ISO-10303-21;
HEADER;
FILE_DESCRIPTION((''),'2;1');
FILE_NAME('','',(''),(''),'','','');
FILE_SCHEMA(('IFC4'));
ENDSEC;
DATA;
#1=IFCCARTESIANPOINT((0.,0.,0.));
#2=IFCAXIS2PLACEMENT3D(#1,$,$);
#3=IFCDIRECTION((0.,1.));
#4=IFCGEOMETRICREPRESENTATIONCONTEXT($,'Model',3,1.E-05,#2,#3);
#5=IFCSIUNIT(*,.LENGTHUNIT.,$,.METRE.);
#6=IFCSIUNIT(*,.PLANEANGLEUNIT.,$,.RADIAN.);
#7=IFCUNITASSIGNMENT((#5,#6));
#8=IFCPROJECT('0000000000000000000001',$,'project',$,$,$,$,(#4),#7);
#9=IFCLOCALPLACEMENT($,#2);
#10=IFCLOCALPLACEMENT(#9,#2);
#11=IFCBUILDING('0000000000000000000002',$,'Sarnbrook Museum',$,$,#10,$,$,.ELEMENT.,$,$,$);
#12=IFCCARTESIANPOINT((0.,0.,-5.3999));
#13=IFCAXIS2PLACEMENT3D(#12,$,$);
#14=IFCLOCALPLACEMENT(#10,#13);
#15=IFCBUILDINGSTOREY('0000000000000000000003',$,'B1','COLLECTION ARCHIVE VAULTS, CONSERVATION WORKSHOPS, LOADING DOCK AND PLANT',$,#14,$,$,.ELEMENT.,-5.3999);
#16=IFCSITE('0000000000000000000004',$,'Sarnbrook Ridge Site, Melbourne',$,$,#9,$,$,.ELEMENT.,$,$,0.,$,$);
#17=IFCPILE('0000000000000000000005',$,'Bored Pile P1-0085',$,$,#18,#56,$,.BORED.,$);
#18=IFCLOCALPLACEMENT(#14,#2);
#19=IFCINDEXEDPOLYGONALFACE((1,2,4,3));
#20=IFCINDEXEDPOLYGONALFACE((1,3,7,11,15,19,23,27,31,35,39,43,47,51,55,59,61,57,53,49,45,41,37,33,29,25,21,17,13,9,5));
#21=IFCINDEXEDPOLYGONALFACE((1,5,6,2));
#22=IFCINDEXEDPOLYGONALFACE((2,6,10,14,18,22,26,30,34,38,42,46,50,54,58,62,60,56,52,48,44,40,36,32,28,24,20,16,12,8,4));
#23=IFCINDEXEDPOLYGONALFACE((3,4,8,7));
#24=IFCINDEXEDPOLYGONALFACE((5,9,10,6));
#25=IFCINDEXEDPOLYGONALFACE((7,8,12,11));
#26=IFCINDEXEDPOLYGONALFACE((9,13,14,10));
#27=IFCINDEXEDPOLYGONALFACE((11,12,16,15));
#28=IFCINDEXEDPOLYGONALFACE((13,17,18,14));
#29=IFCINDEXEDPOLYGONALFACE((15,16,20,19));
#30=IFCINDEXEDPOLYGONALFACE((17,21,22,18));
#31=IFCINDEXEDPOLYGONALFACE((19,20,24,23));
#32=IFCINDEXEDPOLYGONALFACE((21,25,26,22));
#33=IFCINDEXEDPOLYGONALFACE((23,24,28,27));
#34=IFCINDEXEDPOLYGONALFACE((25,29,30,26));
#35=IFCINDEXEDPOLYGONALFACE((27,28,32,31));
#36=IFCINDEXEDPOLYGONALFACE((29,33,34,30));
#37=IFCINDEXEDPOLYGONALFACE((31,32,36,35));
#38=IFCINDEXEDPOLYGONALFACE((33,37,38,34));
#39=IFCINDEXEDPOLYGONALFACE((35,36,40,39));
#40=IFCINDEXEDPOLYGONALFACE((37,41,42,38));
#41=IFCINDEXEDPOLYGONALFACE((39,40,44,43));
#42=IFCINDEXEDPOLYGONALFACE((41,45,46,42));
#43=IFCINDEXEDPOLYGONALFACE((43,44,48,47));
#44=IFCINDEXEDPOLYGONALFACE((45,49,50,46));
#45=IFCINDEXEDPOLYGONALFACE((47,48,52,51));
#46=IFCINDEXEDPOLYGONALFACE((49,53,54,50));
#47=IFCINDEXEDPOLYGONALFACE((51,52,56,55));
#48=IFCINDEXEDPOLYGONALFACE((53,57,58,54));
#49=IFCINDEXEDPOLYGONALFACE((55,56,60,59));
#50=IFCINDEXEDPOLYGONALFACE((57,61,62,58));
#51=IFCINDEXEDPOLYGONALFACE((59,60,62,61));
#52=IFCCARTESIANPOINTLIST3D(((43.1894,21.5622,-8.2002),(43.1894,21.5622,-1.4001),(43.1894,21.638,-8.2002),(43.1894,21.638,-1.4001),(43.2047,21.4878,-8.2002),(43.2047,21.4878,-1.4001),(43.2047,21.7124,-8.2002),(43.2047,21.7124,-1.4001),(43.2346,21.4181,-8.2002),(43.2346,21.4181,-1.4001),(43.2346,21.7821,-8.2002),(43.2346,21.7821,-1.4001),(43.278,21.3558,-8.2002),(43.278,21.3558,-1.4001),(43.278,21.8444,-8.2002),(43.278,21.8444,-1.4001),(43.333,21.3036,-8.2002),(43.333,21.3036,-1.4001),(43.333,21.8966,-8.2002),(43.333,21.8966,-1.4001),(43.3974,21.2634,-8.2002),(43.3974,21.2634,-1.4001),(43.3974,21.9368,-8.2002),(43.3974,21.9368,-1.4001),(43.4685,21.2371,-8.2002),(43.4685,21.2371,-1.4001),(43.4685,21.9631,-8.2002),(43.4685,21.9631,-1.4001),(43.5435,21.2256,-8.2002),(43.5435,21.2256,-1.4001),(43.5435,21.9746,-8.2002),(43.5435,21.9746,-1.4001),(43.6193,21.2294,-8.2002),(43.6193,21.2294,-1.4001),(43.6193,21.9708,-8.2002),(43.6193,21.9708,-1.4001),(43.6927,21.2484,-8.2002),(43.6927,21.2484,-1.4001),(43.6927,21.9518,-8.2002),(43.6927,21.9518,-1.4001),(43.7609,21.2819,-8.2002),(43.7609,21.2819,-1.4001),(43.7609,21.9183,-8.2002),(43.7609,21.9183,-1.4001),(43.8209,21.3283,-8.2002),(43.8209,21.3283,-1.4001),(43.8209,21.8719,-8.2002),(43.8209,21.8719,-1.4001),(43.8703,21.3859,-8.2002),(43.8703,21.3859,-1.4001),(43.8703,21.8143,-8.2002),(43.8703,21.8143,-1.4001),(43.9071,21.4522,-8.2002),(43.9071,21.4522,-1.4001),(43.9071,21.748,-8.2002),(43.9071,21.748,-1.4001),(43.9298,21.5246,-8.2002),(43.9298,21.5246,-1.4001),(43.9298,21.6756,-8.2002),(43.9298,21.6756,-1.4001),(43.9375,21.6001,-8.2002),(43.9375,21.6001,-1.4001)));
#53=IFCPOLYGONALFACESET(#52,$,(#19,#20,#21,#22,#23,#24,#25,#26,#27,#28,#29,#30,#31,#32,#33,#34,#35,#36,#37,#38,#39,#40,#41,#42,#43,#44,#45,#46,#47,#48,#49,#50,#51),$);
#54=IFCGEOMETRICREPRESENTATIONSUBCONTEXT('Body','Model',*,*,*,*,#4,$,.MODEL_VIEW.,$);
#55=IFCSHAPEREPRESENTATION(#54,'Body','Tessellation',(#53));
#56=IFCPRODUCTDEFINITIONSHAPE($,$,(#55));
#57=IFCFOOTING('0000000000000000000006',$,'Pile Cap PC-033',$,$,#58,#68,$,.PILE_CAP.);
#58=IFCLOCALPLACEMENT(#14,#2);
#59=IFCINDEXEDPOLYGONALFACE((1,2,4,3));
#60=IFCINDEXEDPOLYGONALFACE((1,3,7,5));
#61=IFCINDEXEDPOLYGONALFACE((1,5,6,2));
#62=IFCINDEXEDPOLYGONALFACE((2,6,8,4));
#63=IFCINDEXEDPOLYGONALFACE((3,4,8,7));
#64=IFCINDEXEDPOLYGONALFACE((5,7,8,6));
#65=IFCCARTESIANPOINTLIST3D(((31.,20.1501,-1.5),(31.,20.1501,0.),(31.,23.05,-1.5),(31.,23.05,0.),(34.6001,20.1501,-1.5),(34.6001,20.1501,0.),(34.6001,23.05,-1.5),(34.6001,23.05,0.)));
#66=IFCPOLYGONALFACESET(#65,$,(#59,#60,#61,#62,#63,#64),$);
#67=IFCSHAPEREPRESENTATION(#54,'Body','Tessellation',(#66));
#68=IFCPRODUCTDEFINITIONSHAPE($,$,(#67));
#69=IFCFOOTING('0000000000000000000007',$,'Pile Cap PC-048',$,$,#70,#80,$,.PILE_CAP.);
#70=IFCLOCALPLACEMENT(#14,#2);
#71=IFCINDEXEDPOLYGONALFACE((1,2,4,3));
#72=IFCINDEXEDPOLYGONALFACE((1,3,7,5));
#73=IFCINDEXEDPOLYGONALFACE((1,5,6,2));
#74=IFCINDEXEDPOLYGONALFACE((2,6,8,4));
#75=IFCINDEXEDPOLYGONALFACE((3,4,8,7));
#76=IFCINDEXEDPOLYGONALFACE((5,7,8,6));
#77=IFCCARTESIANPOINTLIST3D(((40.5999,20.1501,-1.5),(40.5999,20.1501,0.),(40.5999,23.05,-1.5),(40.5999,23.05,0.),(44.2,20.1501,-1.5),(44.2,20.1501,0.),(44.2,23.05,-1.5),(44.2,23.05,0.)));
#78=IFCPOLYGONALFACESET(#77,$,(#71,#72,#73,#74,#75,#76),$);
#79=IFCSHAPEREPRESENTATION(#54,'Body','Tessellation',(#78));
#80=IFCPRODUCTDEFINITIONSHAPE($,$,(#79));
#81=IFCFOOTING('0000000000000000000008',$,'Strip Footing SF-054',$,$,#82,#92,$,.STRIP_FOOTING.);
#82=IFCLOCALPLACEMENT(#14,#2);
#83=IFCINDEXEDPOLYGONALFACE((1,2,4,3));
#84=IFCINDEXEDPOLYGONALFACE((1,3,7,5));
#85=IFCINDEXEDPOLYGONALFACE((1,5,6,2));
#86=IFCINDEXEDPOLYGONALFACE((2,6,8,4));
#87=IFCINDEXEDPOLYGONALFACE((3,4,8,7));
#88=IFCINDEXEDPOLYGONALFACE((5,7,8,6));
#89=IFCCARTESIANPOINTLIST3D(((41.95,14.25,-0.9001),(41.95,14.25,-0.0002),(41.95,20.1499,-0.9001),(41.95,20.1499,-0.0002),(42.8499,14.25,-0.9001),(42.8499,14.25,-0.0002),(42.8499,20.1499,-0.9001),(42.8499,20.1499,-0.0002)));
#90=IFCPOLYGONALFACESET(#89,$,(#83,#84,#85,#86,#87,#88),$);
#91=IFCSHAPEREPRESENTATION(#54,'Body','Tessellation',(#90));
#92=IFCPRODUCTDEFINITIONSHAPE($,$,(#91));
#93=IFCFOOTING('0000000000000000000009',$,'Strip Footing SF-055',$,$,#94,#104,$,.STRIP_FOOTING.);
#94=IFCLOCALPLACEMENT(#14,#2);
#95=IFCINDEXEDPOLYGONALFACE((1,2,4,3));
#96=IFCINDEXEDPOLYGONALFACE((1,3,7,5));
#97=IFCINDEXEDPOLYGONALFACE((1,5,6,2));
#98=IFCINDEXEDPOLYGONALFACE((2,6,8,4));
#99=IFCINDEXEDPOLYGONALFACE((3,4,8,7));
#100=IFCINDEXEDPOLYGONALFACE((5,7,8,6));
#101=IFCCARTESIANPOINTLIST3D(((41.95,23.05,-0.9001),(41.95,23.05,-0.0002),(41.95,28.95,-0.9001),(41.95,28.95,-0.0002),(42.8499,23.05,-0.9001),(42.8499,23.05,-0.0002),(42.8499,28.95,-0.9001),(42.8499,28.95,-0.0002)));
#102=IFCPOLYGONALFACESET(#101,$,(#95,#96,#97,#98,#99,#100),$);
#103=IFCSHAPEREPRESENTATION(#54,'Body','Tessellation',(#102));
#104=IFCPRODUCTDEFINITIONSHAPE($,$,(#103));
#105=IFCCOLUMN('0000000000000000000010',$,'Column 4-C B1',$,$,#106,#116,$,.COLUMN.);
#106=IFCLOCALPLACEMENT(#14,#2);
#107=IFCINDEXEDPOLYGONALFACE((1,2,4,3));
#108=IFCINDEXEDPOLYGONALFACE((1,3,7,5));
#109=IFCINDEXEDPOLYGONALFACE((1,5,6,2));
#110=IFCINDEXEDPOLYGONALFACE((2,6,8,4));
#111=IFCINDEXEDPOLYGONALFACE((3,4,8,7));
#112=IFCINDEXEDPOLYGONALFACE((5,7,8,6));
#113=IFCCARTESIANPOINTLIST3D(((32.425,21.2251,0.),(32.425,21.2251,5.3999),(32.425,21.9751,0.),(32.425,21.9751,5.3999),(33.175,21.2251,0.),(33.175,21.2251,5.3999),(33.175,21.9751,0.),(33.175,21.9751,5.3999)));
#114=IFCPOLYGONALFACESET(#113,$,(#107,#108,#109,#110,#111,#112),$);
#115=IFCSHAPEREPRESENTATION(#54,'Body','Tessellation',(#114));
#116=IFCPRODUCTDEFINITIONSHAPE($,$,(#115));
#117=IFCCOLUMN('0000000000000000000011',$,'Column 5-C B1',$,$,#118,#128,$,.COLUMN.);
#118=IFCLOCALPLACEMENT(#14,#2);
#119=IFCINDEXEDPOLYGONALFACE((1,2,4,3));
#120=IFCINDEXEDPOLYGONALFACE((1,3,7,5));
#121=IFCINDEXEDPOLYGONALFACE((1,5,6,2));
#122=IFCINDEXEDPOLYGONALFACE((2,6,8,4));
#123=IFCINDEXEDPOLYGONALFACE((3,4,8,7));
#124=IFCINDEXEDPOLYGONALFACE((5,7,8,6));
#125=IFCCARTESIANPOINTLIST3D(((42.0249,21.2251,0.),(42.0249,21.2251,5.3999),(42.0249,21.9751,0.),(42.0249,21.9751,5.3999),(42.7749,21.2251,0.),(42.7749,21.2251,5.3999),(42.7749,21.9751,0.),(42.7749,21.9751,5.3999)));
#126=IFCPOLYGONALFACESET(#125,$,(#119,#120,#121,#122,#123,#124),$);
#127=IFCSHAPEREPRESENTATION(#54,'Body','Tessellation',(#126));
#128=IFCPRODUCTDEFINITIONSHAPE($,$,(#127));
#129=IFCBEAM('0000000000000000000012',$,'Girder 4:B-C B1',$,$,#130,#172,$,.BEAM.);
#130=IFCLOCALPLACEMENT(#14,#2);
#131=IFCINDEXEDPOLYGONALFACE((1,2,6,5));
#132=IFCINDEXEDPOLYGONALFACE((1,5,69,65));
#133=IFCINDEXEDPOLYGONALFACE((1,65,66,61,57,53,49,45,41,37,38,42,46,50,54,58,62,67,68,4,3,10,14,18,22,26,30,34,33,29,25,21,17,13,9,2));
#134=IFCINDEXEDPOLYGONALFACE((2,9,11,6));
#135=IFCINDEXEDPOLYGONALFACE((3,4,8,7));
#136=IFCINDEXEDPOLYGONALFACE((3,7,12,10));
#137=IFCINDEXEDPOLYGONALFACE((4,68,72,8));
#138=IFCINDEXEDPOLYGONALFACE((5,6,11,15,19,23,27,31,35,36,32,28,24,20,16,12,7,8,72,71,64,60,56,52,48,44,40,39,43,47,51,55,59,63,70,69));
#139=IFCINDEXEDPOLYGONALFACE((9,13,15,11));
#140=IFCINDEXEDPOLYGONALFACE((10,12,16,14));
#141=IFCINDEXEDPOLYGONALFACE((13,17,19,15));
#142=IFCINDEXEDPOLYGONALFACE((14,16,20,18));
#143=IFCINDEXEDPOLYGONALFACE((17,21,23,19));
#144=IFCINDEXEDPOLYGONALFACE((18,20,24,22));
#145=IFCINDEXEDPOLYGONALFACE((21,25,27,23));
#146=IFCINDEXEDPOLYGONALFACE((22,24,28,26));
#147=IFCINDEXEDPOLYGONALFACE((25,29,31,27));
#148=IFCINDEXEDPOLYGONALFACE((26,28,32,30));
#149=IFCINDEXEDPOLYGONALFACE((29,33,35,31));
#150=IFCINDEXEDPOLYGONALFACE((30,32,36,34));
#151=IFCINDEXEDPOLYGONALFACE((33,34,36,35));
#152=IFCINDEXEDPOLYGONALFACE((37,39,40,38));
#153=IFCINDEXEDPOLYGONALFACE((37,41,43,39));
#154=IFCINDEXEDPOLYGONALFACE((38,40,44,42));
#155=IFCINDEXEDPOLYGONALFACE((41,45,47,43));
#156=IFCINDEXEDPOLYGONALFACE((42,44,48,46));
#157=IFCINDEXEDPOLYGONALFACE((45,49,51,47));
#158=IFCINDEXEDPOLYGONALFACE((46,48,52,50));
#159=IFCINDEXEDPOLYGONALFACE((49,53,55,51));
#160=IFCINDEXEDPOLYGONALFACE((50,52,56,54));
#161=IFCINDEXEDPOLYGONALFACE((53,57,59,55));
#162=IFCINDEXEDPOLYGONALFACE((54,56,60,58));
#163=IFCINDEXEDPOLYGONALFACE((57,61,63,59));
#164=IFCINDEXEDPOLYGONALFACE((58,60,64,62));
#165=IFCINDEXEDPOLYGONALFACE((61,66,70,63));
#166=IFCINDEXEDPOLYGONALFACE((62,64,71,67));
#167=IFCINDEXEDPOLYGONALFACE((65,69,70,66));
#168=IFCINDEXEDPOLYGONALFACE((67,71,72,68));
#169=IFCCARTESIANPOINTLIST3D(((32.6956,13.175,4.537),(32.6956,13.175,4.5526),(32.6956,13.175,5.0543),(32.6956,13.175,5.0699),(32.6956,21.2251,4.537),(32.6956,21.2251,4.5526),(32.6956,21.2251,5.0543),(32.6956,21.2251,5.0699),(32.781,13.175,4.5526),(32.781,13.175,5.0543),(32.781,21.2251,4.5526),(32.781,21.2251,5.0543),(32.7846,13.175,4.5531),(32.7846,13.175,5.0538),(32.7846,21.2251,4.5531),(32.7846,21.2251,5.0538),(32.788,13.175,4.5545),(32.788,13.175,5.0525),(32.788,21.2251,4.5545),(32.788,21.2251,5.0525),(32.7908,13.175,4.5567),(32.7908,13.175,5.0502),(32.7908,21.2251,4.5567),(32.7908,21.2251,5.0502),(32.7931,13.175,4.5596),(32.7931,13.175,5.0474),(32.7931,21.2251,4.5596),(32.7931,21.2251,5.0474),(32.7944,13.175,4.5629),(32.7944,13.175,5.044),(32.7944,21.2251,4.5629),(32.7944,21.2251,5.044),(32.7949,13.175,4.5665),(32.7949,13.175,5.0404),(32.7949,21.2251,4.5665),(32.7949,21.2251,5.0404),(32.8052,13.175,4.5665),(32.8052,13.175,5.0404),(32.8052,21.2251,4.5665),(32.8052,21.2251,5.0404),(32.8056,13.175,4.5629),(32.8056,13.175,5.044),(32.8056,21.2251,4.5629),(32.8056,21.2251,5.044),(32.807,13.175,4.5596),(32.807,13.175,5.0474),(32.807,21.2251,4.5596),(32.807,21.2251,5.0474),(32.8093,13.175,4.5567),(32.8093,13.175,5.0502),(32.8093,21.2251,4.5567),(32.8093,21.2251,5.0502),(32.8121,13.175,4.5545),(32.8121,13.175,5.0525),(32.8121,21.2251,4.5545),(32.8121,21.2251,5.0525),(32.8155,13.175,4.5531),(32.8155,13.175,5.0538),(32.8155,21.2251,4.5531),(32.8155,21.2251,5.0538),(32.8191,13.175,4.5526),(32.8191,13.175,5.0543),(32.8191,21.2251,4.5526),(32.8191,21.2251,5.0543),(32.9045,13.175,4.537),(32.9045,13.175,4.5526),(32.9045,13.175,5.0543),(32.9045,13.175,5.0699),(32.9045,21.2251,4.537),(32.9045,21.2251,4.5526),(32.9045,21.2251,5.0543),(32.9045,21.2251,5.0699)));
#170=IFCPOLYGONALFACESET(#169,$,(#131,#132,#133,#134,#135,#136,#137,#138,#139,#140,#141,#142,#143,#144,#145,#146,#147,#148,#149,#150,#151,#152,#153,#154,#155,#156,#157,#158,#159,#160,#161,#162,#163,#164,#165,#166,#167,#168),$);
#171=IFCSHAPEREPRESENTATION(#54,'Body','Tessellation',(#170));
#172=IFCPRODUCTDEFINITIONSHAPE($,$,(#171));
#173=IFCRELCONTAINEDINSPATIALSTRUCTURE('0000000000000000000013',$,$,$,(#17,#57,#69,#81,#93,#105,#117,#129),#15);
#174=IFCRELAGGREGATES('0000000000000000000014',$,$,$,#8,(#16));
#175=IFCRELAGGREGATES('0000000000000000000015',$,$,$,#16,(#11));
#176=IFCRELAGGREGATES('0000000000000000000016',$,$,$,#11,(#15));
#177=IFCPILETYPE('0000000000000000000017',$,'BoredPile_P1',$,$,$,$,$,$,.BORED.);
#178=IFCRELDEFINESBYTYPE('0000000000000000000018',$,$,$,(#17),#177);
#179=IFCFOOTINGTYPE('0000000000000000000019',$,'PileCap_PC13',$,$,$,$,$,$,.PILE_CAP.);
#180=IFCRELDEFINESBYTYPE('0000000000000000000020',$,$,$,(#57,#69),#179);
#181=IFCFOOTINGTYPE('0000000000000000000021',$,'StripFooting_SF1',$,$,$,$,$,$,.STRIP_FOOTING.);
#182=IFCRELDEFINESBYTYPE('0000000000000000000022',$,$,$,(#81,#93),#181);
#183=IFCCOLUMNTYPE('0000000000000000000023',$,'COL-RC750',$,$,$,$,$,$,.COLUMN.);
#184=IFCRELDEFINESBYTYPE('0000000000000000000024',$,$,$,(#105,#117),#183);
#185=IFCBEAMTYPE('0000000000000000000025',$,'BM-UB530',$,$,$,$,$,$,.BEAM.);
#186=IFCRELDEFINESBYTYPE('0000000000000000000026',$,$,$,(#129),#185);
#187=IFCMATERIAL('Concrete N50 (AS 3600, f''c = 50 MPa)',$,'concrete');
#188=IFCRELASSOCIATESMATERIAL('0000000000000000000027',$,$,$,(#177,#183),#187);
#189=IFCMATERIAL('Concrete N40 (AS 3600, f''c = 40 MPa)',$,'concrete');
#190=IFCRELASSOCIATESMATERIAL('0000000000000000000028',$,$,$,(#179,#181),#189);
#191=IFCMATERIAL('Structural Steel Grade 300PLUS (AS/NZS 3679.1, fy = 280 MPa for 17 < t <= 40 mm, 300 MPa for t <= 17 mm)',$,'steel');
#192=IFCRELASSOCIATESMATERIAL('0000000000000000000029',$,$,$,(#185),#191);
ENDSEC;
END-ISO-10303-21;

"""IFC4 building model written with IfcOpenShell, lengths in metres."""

from ifc_helpers import new_model, si_unit, direction, frame, origin, origin_2d, place, context, subcontext, project, spatial, rectangle, circle, i_section, extrude, material, material_profile, profile_set, type_object, element, save


model = new_model("IFC4")

# Units and contexts
model_context = context("Model", 3, precision=1e-05, world=origin(), true_north=direction((0.0, 1.0)))
body_context = subcontext(model_context, "Body", "Model", "MODEL_VIEW")
ifc_project = project(units=[si_unit("LENGTHUNIT", "METRE"), si_unit("PLANEANGLEUNIT", "RADIAN")], contexts=[model_context])

# Site, building, storey
site_placement = place(None, origin())
site = spatial("IfcSite", under=ifc_project, at=site_placement, Name="Sarnbrook Ridge Site, Melbourne", CompositionType="ELEMENT", RefElevation=0.0)
building_placement = place(site_placement, origin())
building = spatial("IfcBuilding", under=site, at=building_placement, Name="Sarnbrook Museum", CompositionType="ELEMENT")
storey_placement = place(building_placement, frame((0.0, 0.0, -5.3999)))
storey = spatial("IfcBuildingStorey", under=building, at=storey_placement, Name="B1", Description="COLLECTION ARCHIVE VAULTS, CONSERVATION WORKSHOPS, LOADING DOCK AND PLANT", CompositionType="ELEMENT", Elevation=-5.3999)

# Pile
ifc_material_1 = material(Name="Concrete N50 (AS 3600, f'c = 50 MPa)", Category="concrete")
ifc_material_profile_1 = material_profile(ifc_material_1, circle(Radius=0.375, at=origin_2d()), Name="BORED PILE D750")
ifc_profile_set_1 = profile_set([ifc_material_profile_1], Name="Concrete N50 (AS 3600, f'c = 50 MPa)")
pile_type = type_object("IfcPileType", Name="BoredPile_P1", PredefinedType="BORED", material=ifc_profile_set_1)
for number, where, z_axis, x_axis, name in (
    (1, (43.5625, 21.6001, -1.4001), (0.0, 0.0, -1.0), (1.0, 0.0, 0.0), "Bored Pile P1-0085"),
):
    element("IfcPile", number, at=place(storey_placement, frame(where, z_axis=z_axis, x_axis=x_axis)), inside=storey, type_object=pile_type, Name=name, PredefinedType="BORED", context=body_context, shape_type="SweptSolid", body=[
        extrude(circle(Radius=0.375, at=origin_2d()), origin(), (0.0, 0.0, 1.0), 6.8),
    ])

# Footings
ifc_material_2 = material(Name="Concrete N40 (AS 3600, f'c = 40 MPa)", Category="concrete")
footing_type_1 = type_object("IfcFootingType", Name="PileCap_PC13", PredefinedType="PILE_CAP", material=ifc_material_2)
for number, where, z_axis, x_axis, name in (
    (2, (32.8, 21.6001, -1.5), (0.0, 0.0, 1.0), (1.0, 0.0, 0.0), "Pile Cap PC-033"),
    (3, (42.3999, 21.6001, -1.5), (0.0, 0.0, 1.0), (1.0, 0.0, 0.0), "Pile Cap PC-048"),
):
    element("IfcFooting", number, at=place(storey_placement, frame(where, z_axis=z_axis, x_axis=x_axis)), inside=storey, type_object=footing_type_1, Name=name, PredefinedType="PILE_CAP", context=body_context, shape_type="SweptSolid", body=[
        extrude(rectangle(XDim=3.6001, YDim=2.8999, at=origin_2d()), origin(), (0.0, 0.0, 1.0), 1.5),
    ])
footing_type_2 = type_object("IfcFootingType", Name="StripFooting_SF1", PredefinedType="STRIP_FOOTING", material=ifc_material_2)
for number, where, z_axis, x_axis, name in (
    (4, (42.3999, 17.2, -0.9001), (0.0, 0.0, 1.0), (1.0, 0.0, 0.0), "Strip Footing SF-054"),
    (5, (42.3999, 26.0, -0.9001), (0.0, 0.0, 1.0), (1.0, 0.0, 0.0), "Strip Footing SF-055"),
):
    element("IfcFooting", number, at=place(storey_placement, frame(where, z_axis=z_axis, x_axis=x_axis)), inside=storey, type_object=footing_type_2, Name=name, PredefinedType="STRIP_FOOTING", context=body_context, shape_type="SweptSolid", body=[
        extrude(rectangle(XDim=0.8999, YDim=5.8999, at=origin_2d()), origin(), (0.0, 0.0, 1.0), 0.8999),
    ])

# Columns
ifc_material_profile_2 = material_profile(ifc_material_1, rectangle(XDim=0.75, YDim=0.75, at=origin_2d()), Name="RC 750x750")
ifc_profile_set_2 = profile_set([ifc_material_profile_2], Name="Concrete N50 (AS 3600, f'c = 50 MPa)")
column_type = type_object("IfcColumnType", Name="COL-RC750", PredefinedType="COLUMN", material=ifc_profile_set_2)
for number, where, z_axis, x_axis, name in (
    (6, (32.8, 21.6001, 0.0), (0.0, 0.0, 1.0), (1.0, 0.0, 0.0), "Column 4-C B1"),
    (7, (42.3999, 21.6001, 0.0), (0.0, 0.0, 1.0), (1.0, 0.0, 0.0), "Column 5-C B1"),
):
    element("IfcColumn", number, at=place(storey_placement, frame(where, z_axis=z_axis, x_axis=x_axis)), inside=storey, type_object=column_type, Name=name, PredefinedType="COLUMN", context=body_context, shape_type="SweptSolid", body=[
        extrude(rectangle(XDim=0.75, YDim=0.75, at=origin_2d()), origin(), (0.0, 0.0, 1.0), 5.3999),
    ])

# Beam
ifc_material_3 = material(Name="Structural Steel Grade 300PLUS (AS/NZS 3679.1, fy = 280 MPa for 17 < t <= 40 mm, 300 MPa for t <= 17 mm)", Category="steel")
ifc_material_profile_3 = material_profile(ifc_material_3, i_section(OverallWidth=0.209, OverallDepth=0.533, WebThickness=0.0103, FlangeThickness=0.0156, FilletRadius=0.0139, at=origin_2d()), Name="530UB92.4")
ifc_profile_set_3 = profile_set([ifc_material_profile_3], Name="Structural Steel Grade 300PLUS (AS/NZS 3679.1, fy = 280 MPa for 17 < t <= 40 mm, 300 MPa for t <= 17 mm)")
beam_type_1 = type_object("IfcBeamType", Name="BM-UB530", PredefinedType="BEAM", material=ifc_profile_set_3)
beam_1_placement = place(storey_placement, frame((32.8, 13.175, 4.8035), z_axis=(0.0, 1.0, 0.0), x_axis=(-1.0, 0.0, 0.0)))
element("IfcBeam", 8, at=beam_1_placement, inside=storey, type_object=beam_type_1, Name="Girder 4:B-C B1", PredefinedType="BEAM", context=body_context, shape_type="SweptSolid", body=[
    extrude(i_section(OverallWidth=0.209, OverallDepth=0.533, WebThickness=0.0103, FlangeThickness=0.0156, FilletRadius=0.0139, at=origin_2d()), origin(), (0.0, 0.0, 1.0), 8.05),
])

save(model, "model.ifc")
